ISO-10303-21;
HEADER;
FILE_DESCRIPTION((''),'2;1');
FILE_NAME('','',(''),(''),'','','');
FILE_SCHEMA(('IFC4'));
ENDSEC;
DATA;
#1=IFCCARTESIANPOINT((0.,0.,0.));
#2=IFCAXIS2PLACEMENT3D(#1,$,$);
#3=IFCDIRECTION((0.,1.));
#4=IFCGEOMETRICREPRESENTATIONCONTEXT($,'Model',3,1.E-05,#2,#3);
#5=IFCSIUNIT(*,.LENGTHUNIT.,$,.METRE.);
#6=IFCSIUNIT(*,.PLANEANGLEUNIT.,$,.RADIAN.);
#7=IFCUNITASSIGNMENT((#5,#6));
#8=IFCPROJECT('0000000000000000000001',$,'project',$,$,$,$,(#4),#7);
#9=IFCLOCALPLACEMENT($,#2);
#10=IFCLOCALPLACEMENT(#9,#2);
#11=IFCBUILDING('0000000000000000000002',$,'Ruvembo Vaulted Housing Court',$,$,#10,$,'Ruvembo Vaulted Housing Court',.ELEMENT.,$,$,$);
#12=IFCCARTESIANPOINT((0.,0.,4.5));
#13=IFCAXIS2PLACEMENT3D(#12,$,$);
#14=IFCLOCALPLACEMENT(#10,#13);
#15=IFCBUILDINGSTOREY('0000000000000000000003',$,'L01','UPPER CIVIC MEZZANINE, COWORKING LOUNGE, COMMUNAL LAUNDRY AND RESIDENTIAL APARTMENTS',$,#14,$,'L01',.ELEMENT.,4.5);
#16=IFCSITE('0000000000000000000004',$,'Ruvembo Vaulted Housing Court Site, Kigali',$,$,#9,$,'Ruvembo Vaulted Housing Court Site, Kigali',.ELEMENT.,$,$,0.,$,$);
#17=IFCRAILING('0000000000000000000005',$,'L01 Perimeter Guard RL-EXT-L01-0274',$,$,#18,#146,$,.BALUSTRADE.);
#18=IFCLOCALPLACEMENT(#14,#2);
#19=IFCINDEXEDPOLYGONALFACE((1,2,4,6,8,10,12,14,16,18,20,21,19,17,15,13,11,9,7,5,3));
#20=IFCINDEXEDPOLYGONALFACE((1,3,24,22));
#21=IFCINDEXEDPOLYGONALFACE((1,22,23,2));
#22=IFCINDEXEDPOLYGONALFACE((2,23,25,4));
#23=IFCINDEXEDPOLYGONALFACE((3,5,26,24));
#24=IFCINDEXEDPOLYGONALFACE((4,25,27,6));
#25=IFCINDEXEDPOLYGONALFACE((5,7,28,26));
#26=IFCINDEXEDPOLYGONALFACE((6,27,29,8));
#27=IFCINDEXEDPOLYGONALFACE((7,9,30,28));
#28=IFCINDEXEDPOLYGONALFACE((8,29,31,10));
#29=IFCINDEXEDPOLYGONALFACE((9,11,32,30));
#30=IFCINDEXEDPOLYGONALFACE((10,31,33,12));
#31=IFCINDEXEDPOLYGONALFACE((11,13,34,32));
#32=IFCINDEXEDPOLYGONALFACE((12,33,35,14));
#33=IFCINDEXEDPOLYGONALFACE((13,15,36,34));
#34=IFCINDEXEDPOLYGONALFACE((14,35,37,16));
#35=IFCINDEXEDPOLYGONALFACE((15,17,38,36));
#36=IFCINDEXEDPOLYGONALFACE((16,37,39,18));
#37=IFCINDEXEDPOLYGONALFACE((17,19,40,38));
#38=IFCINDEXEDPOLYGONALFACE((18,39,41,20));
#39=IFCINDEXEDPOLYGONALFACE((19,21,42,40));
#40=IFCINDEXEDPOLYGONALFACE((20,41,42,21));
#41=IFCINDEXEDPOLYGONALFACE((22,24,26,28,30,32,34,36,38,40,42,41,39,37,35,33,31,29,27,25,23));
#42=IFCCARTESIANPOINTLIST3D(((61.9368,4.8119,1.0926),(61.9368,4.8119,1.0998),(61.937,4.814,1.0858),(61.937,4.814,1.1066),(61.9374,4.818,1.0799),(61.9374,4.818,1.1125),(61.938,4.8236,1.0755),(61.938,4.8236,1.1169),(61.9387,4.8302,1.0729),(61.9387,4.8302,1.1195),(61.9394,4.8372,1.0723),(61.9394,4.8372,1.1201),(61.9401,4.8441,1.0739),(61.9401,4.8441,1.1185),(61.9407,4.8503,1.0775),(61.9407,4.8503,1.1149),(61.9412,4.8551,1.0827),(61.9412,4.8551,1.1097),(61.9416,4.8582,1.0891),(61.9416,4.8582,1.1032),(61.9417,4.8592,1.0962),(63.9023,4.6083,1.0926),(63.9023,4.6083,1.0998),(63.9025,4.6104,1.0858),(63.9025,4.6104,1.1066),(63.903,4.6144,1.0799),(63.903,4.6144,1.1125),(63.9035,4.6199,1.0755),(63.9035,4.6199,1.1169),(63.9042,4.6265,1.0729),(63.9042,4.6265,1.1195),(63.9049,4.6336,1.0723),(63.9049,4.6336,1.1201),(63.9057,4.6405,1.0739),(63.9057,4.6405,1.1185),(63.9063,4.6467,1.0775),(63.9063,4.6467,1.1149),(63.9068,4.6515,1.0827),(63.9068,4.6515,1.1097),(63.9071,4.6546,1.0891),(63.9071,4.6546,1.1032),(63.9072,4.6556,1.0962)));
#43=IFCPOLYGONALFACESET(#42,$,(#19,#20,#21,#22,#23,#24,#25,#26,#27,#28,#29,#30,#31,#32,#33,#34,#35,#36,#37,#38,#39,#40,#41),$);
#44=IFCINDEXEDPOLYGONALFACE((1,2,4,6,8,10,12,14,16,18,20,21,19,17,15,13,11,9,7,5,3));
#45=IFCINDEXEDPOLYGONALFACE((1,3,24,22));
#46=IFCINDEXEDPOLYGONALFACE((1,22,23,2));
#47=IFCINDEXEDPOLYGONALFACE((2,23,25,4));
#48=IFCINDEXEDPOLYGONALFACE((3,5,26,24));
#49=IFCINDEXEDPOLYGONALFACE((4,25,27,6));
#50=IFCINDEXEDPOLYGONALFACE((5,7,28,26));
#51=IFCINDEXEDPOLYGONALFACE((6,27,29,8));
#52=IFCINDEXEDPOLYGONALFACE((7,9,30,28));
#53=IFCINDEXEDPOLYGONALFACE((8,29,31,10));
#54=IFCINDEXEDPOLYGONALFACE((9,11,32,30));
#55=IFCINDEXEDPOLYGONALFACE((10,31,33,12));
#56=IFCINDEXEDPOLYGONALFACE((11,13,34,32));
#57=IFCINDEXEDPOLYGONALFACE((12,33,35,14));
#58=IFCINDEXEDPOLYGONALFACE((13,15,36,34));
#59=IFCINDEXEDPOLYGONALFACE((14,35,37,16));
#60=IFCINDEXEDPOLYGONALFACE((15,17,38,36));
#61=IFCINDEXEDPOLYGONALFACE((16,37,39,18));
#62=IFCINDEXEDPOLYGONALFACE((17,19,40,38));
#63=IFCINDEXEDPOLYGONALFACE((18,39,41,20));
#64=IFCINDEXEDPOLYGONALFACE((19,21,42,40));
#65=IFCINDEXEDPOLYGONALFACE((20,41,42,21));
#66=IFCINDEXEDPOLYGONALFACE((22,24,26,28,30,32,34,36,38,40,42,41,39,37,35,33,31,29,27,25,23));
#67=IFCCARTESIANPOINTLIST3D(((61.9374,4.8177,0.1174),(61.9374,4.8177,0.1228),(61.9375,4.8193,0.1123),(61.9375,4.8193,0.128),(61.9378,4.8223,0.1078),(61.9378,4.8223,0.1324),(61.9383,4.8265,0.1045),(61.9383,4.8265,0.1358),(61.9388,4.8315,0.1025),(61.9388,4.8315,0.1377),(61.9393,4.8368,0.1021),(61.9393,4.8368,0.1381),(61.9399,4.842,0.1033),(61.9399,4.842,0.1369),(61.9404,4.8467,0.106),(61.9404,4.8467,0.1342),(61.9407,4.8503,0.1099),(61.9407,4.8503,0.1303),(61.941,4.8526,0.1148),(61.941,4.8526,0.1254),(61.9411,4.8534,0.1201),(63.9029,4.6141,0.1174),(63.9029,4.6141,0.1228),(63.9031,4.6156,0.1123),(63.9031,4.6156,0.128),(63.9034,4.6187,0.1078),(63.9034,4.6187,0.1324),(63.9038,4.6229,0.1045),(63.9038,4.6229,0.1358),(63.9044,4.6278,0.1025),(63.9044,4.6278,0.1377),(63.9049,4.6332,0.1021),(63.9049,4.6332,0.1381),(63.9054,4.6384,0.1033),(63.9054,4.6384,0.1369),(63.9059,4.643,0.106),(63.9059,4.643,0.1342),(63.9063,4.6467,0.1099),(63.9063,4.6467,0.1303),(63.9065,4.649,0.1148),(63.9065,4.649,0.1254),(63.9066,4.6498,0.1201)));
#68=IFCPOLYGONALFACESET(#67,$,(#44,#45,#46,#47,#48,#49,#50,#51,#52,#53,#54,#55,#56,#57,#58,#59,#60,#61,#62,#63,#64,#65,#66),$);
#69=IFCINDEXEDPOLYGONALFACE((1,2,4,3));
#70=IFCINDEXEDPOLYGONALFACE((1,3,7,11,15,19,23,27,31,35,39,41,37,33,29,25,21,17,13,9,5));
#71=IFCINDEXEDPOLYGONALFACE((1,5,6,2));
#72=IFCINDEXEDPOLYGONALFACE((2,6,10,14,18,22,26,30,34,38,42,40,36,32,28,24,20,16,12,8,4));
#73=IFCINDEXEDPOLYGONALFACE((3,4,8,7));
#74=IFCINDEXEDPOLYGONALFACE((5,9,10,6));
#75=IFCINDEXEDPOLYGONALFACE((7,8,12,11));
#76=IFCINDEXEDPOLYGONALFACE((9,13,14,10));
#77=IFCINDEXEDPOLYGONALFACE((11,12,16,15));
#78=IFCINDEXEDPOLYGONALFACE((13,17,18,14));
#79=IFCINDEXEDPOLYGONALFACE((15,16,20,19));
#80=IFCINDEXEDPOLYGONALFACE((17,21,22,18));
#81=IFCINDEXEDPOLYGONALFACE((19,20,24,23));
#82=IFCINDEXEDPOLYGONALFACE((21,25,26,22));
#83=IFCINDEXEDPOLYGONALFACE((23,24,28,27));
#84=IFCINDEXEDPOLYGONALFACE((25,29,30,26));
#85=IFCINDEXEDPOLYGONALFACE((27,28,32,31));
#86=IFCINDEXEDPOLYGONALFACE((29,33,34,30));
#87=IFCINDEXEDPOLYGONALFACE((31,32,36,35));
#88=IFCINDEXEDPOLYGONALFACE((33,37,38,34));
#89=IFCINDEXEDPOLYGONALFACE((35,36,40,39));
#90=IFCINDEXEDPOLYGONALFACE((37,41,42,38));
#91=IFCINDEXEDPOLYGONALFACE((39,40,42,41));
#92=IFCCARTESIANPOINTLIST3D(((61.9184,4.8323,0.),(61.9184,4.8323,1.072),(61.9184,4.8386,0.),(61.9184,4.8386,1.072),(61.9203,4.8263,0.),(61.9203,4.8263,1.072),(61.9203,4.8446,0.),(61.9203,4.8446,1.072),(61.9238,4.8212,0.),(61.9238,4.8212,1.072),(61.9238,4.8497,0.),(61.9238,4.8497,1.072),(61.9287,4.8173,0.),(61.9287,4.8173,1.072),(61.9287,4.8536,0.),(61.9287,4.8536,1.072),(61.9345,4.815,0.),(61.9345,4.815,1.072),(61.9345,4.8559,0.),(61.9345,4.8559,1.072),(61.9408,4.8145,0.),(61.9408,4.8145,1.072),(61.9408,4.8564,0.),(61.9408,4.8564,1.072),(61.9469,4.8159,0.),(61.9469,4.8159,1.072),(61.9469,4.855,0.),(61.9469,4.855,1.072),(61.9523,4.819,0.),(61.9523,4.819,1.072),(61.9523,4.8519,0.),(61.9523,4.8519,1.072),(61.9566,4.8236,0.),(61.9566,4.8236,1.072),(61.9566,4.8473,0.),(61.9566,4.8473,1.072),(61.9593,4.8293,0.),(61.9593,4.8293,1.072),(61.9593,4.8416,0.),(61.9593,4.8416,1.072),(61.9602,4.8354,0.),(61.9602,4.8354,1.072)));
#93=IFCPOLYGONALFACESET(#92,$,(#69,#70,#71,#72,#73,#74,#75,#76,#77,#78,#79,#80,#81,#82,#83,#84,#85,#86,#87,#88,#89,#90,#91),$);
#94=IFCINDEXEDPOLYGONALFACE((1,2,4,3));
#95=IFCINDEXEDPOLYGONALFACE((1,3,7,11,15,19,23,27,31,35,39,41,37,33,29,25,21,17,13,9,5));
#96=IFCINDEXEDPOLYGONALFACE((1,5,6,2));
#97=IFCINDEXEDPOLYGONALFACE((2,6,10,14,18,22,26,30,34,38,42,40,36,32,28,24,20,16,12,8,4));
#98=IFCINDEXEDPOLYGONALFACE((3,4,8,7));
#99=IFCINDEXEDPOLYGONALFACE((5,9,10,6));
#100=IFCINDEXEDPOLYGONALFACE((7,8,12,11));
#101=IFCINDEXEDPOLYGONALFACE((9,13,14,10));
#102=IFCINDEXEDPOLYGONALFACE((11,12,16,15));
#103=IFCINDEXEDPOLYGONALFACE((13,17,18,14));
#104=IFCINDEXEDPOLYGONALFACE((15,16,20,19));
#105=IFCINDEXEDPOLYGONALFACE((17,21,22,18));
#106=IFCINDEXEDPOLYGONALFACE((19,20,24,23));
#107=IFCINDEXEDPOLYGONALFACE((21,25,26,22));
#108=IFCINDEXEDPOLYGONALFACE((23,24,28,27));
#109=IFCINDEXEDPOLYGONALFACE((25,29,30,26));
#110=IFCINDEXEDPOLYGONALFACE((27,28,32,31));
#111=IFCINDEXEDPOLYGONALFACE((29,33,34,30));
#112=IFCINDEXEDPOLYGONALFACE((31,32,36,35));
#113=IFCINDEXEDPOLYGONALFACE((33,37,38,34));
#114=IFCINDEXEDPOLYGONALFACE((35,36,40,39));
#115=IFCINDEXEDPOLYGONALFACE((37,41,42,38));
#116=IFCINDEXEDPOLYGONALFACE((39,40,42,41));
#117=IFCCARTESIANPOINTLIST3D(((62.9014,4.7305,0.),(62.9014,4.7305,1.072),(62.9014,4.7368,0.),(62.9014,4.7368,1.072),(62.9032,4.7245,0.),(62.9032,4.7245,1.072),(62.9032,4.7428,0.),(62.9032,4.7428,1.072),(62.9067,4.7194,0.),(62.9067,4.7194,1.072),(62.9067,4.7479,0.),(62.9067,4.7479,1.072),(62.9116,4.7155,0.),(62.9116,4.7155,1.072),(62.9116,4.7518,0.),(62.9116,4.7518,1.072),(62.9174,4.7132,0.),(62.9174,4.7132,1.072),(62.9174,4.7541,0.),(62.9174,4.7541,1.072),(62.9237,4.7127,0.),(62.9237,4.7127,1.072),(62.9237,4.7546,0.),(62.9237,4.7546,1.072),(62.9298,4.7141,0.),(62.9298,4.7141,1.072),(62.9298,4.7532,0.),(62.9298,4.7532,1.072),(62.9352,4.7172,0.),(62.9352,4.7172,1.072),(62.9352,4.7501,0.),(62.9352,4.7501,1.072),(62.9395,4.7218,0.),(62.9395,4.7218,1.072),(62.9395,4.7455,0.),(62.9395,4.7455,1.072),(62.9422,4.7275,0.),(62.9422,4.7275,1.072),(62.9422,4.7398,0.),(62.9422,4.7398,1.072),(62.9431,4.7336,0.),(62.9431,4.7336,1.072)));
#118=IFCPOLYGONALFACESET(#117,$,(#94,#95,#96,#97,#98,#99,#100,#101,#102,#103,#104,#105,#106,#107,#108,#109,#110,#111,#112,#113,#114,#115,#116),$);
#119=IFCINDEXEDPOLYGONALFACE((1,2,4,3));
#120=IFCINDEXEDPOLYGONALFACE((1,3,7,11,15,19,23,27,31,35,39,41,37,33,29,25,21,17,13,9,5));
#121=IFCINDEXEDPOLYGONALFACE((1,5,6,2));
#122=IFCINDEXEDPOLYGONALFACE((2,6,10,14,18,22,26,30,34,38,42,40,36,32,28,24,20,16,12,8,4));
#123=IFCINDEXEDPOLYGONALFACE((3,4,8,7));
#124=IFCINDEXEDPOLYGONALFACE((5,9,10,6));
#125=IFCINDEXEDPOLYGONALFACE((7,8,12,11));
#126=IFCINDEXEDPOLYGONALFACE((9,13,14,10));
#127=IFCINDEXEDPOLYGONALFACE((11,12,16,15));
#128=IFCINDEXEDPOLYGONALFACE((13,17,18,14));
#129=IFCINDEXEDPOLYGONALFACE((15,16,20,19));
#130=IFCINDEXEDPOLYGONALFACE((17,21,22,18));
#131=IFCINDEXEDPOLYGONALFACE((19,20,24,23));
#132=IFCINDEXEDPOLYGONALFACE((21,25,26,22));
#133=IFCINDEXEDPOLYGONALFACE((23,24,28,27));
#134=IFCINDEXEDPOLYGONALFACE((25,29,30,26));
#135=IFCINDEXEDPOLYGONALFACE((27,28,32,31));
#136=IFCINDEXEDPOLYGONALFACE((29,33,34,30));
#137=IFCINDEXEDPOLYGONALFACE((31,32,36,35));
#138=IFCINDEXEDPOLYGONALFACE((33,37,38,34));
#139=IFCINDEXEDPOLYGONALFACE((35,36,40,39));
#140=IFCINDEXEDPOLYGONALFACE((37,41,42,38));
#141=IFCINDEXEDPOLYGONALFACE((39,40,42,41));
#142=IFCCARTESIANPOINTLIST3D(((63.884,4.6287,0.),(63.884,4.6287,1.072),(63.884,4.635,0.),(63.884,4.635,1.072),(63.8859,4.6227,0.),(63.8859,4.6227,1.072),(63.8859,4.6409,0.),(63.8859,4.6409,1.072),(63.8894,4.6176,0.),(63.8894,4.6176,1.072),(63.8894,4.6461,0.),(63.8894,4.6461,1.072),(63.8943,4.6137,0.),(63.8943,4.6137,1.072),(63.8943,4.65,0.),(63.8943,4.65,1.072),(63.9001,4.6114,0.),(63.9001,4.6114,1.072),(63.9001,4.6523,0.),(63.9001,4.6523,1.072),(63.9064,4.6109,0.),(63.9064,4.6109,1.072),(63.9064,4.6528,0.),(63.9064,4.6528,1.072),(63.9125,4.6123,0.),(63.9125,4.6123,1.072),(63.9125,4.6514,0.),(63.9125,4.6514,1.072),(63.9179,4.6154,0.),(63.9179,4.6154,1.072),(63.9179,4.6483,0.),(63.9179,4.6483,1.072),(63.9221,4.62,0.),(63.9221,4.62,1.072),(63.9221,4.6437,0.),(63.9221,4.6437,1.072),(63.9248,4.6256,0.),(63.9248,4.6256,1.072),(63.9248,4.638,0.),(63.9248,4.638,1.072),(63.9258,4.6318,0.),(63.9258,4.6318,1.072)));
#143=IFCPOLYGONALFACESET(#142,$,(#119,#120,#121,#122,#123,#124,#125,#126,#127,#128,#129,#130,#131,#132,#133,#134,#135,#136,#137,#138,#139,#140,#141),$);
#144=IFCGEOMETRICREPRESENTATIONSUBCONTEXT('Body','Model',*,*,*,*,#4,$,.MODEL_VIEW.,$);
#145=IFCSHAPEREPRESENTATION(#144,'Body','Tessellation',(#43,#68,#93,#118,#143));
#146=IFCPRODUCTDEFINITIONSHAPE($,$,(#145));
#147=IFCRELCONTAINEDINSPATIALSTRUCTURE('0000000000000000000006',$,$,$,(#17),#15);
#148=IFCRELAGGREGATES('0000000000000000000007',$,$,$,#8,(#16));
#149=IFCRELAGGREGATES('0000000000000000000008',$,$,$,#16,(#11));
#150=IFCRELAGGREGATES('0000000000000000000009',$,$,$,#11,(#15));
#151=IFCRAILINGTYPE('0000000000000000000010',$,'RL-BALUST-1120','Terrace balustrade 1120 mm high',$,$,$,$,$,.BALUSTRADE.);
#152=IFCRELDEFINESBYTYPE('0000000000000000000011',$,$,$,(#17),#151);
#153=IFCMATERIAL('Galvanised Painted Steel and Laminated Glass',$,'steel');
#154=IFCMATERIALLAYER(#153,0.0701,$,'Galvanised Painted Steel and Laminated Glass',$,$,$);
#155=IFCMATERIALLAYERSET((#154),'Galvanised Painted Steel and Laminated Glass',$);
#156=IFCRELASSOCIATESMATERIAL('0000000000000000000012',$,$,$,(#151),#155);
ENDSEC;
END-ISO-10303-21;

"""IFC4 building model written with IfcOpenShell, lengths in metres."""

from ifc_helpers import new_model, si_unit, direction, frame, origin, origin_2d, place, context, subcontext, project, spatial, circle, extrude, material, layer, layer_set, type_object, element, save


model = new_model("IFC4")

# Units and contexts
model_context = context("Model", 3, precision=1e-05, world=origin(), true_north=direction((0.0, 1.0)))
body_context = subcontext(model_context, "Body", "Model", "MODEL_VIEW")
ifc_project = project(units=[si_unit("LENGTHUNIT", "METRE"), si_unit("PLANEANGLEUNIT", "RADIAN")], contexts=[model_context])

# Site, building, storey
site_placement = place(None, origin())
site = spatial("IfcSite", under=ifc_project, at=site_placement, Name="Ruvembo Vaulted Housing Court Site, Kigali", LongName="Ruvembo Vaulted Housing Court Site, Kigali", CompositionType="ELEMENT", RefElevation=0.0)
building_placement = place(site_placement, origin())
building = spatial("IfcBuilding", under=site, at=building_placement, Name="Ruvembo Vaulted Housing Court", LongName="Ruvembo Vaulted Housing Court", CompositionType="ELEMENT")
storey_placement = place(building_placement, frame((0.0, 0.0, 4.5)))
storey = spatial("IfcBuildingStorey", under=building, at=storey_placement, Name="L01", Description="UPPER CIVIC MEZZANINE, COWORKING LOUNGE, COMMUNAL LAUNDRY AND RESIDENTIAL APARTMENTS", LongName="L01", CompositionType="ELEMENT", Elevation=4.5)

# Railing
ifc_material_1 = material(Name="Galvanised Painted Steel and Laminated Glass", Category="steel")
ifc_layer_1 = layer(ifc_material_1, 0.0701, Name="Galvanised Painted Steel and Laminated Glass")
ifc_layer_set_1 = layer_set([ifc_layer_1], Name="Galvanised Painted Steel and Laminated Glass")
railing_type = type_object("IfcRailingType", Name="RL-BALUST-1120", Description="Terrace balustrade 1120 mm high", PredefinedType="BALUSTRADE", material=ifc_layer_set_1)
railing_1_placement = place(storey_placement, frame((61.9392, 4.8354, 0.0)))
element("IfcRailing", 1, at=railing_1_placement, inside=storey, type_object=railing_type, Name="L01 Perimeter Guard RL-EXT-L01-0274", PredefinedType="BALUSTRADE", context=body_context, shape_type="SweptSolid", body=[
    extrude(circle(Radius=0.0239, at=origin_2d()), frame((0.0, 0.0, 1.0962), z_axis=(0.994677, -0.103038, 0.0), x_axis=(0.103038, 0.994677, 0.0)), (0.0, 0.0, 1.0), 1.9761),
    extrude(circle(Radius=0.0181, at=origin_2d()), frame((0.0, 0.0, 0.1201), z_axis=(0.994677, -0.103038, 0.0), x_axis=(0.103038, 0.994677, 0.0)), (0.0, 0.0, 1.0), 1.9761),
    extrude(circle(Radius=0.021, at=origin_2d()), origin(), (0.0, 0.0, 1.0), 1.072),
    extrude(circle(Radius=0.021, at=origin_2d()), frame((0.9829, -0.1018, 0.0)), (0.0, 0.0, 1.0), 1.072),
    extrude(circle(Radius=0.021, at=origin_2d()), frame((1.9656, -0.2036, 0.0)), (0.0, 0.0, 1.0), 1.072),
])

save(model, "model.ifc")
